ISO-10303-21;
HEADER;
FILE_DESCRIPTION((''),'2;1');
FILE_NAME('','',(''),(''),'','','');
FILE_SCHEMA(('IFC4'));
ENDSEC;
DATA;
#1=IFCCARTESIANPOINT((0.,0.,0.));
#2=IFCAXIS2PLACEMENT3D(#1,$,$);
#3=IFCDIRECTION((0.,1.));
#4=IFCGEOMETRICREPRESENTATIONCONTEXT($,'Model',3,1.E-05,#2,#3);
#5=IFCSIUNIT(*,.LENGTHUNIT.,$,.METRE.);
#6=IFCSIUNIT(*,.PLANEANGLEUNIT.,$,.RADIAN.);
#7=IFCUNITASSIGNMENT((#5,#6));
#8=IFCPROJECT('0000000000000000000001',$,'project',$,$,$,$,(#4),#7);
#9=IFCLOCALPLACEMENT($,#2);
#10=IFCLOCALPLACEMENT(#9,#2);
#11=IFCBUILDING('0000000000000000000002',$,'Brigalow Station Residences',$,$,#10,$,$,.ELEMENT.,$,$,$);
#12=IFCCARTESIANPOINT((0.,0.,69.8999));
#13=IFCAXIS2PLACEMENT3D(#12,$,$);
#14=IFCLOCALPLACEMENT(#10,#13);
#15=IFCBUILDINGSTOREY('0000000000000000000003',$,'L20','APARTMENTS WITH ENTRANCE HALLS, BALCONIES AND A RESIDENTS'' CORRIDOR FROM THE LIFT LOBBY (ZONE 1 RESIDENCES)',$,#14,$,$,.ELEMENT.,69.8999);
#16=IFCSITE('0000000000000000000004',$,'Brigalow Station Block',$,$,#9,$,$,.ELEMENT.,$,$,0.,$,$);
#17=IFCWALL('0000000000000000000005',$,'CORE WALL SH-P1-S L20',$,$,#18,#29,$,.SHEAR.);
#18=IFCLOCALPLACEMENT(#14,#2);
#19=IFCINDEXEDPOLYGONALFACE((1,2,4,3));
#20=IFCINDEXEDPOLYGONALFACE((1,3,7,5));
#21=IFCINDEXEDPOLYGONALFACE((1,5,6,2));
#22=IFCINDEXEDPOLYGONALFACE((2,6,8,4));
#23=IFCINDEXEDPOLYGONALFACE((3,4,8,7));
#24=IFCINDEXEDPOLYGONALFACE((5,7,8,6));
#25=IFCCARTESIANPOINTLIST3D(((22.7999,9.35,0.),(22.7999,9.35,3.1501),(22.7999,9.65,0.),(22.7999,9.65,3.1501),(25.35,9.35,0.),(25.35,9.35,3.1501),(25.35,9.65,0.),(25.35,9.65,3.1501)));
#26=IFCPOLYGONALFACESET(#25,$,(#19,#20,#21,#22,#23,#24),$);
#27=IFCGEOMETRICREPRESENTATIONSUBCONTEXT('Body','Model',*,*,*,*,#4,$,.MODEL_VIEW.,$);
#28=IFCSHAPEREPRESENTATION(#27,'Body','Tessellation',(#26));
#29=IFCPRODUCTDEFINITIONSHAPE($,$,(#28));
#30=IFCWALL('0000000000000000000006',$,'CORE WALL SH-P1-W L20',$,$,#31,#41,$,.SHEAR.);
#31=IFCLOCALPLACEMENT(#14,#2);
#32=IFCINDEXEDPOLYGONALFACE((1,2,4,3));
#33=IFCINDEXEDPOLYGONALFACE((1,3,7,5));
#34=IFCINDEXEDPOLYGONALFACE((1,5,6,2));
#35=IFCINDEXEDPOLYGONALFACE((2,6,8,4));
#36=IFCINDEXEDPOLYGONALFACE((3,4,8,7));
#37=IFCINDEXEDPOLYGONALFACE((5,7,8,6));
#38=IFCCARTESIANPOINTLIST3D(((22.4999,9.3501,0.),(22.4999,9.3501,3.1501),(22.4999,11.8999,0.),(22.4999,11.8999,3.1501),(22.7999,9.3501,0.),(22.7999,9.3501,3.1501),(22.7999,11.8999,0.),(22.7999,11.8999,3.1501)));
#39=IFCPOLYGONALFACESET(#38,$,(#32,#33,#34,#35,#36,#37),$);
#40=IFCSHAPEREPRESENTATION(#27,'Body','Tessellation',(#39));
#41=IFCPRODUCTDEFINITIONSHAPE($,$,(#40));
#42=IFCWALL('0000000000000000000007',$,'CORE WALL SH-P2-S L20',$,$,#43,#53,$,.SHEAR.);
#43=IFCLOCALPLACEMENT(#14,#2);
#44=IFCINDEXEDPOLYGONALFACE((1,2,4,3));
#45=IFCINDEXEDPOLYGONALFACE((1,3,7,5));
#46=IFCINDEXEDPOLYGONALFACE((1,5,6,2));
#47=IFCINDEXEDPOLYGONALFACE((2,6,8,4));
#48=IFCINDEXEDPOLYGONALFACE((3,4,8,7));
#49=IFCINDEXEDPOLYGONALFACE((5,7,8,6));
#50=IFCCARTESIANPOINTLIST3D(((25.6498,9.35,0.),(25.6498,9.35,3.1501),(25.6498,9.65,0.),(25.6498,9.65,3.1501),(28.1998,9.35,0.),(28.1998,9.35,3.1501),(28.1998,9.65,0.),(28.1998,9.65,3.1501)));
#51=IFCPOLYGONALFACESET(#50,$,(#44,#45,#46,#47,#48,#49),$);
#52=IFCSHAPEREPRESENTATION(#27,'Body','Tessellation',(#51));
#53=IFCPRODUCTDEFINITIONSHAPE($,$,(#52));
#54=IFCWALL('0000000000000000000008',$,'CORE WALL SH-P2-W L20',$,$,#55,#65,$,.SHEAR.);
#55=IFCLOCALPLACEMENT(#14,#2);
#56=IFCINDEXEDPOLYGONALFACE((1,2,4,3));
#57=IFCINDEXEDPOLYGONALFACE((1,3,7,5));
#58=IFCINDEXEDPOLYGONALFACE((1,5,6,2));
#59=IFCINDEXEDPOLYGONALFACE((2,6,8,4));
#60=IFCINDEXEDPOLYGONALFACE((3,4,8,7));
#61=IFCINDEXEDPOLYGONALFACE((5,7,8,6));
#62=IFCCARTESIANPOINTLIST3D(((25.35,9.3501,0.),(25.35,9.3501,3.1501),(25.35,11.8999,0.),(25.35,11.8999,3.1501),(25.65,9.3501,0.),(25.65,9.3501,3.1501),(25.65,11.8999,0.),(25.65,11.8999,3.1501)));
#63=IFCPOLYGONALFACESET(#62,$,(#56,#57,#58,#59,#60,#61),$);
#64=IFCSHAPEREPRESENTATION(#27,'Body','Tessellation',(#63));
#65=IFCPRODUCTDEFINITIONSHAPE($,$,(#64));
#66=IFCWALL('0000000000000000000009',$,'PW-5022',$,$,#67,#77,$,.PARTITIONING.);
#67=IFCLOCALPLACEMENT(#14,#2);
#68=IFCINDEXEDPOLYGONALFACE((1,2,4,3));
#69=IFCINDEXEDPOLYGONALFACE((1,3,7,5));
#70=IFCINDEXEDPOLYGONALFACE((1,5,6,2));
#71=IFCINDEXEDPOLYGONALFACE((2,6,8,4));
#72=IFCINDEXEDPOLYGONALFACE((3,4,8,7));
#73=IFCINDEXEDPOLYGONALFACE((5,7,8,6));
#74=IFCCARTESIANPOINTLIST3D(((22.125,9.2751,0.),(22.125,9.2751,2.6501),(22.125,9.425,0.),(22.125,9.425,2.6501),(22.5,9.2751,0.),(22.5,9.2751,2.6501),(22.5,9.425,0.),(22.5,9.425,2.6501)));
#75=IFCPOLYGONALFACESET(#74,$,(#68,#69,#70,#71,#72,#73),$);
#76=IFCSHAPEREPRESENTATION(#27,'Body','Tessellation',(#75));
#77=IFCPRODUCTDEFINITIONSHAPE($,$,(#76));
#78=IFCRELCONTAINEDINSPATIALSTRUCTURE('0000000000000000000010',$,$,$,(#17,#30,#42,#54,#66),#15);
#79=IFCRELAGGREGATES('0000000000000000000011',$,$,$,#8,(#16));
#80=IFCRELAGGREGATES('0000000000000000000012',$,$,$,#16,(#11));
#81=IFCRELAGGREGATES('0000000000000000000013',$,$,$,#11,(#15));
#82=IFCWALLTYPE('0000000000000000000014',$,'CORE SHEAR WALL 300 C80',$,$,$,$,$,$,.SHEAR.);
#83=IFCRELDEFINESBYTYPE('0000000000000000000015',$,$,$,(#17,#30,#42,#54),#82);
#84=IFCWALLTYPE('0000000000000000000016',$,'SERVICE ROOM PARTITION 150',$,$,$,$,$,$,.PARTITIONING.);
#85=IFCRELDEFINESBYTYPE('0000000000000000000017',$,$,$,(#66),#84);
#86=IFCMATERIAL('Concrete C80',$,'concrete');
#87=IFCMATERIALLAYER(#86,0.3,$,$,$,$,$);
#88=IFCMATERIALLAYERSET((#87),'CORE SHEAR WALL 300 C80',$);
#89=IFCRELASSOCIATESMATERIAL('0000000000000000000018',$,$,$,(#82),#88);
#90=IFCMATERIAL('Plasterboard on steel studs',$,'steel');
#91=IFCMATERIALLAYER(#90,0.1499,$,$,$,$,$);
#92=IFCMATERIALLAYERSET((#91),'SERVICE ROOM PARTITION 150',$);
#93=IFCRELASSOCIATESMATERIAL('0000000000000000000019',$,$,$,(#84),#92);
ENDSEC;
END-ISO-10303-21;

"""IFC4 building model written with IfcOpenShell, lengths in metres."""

from ifc_helpers import new_model, si_unit, direction, frame, frame_2d, origin, place, context, subcontext, project, spatial, rectangle, extrude, material, layer, layer_set, type_object, element, save


model = new_model("IFC4")

# Units and contexts
model_context = context("Model", 3, precision=1e-05, world=origin(), true_north=direction((0.0, 1.0)))
body_context = subcontext(model_context, "Body", "Model", "MODEL_VIEW")
ifc_project = project(units=[si_unit("LENGTHUNIT", "METRE"), si_unit("PLANEANGLEUNIT", "RADIAN")], contexts=[model_context])

# Site, building, storey
site_placement = place(None, origin())
site = spatial("IfcSite", under=ifc_project, at=site_placement, Name="Brigalow Station Block", CompositionType="ELEMENT", RefElevation=0.0)
building_placement = place(site_placement, origin())
building = spatial("IfcBuilding", under=site, at=building_placement, Name="Brigalow Station Residences", CompositionType="ELEMENT")
storey_placement = place(building_placement, frame((0.0, 0.0, 69.8999)))
storey = spatial("IfcBuildingStorey", under=building, at=storey_placement, Name="L20", Description="APARTMENTS WITH ENTRANCE HALLS, BALCONIES AND A RESIDENTS' CORRIDOR FROM THE LIFT LOBBY (ZONE 1 RESIDENCES)", CompositionType="ELEMENT", Elevation=69.8999)

# Walls
ifc_material_1 = material(Name="Concrete C80", Category="concrete")
ifc_layer_1 = layer(ifc_material_1, 0.3)
ifc_layer_set_1 = layer_set([ifc_layer_1], Name="CORE SHEAR WALL 300 C80")
wall_type_1 = type_object("IfcWallType", Name="CORE SHEAR WALL 300 C80", PredefinedType="SHEAR", material=ifc_layer_set_1)
wall_1_placement = place(storey_placement, frame((22.8, 9.5, 0.0), z_axis=(0.0, 0.0, 1.0), x_axis=(1.0, 0.0, 0.0)))
element("IfcWall", 1, at=wall_1_placement, inside=storey, type_object=wall_type_1, Name="CORE WALL SH-P1-S L20", PredefinedType="SHEAR", context=body_context, shape_type="SweptSolid", body=[
    extrude(rectangle(XDim=2.55, YDim=0.3, at=frame_2d((1.2749, 0.0))), origin(), (0.0, 0.0, 1.0), 3.1501),
])
wall_2_placement = place(storey_placement, frame((22.6499, 9.3501, 0.0), z_axis=(0.0, 0.0, 1.0), x_axis=(0.0, 1.0, 0.0)))
element("IfcWall", 2, at=wall_2_placement, inside=storey, type_object=wall_type_1, Name="CORE WALL SH-P1-W L20", PredefinedType="SHEAR", context=body_context, shape_type="SweptSolid", body=[
    extrude(rectangle(XDim=2.5498, YDim=0.3, at=frame_2d((1.2749, 0.0))), origin(), (0.0, 0.0, 1.0), 3.1501),
])
wall_3_placement = place(storey_placement, frame((25.6499, 9.5, 0.0), z_axis=(0.0, 0.0, 1.0), x_axis=(1.0, 0.0, 0.0)))
element("IfcWall", 3, at=wall_3_placement, inside=storey, type_object=wall_type_1, Name="CORE WALL SH-P2-S L20", PredefinedType="SHEAR", context=body_context, shape_type="SweptSolid", body=[
    extrude(rectangle(XDim=2.55, YDim=0.3, at=frame_2d((1.2749, 0.0))), origin(), (0.0, 0.0, 1.0), 3.1501),
])
wall_4_placement = place(storey_placement, frame((25.5, 9.3501, 0.0), z_axis=(0.0, 0.0, 1.0), x_axis=(0.0, 1.0, 0.0)))
element("IfcWall", 4, at=wall_4_placement, inside=storey, type_object=wall_type_1, Name="CORE WALL SH-P2-W L20", PredefinedType="SHEAR", context=body_context, shape_type="SweptSolid", body=[
    extrude(rectangle(XDim=2.5498, YDim=0.3, at=frame_2d((1.2749, 0.0))), origin(), (0.0, 0.0, 1.0), 3.1501),
])

# Wall
ifc_material_2 = material(Name="Plasterboard on steel studs", Category="steel")
ifc_layer_2 = layer(ifc_material_2, 0.1499)
ifc_layer_set_2 = layer_set([ifc_layer_2], Name="SERVICE ROOM PARTITION 150")
wall_type_2 = type_object("IfcWallType", Name="SERVICE ROOM PARTITION 150", PredefinedType="PARTITIONING", material=ifc_layer_set_2)
wall_5_placement = place(storey_placement, frame((22.125, 9.3501, 0.0), z_axis=(0.0, 0.0, 1.0), x_axis=(1.0, 0.0, 0.0)))
element("IfcWall", 5, at=wall_5_placement, inside=storey, type_object=wall_type_2, Name="PW-5022", PredefinedType="PARTITIONING", context=body_context, shape_type="SweptSolid", body=[
    extrude(rectangle(XDim=0.375, YDim=0.1499, at=frame_2d((0.1875, 0.0))), origin(), (0.0, 0.0, 1.0), 2.6501),
])

save(model, "model.ifc")
